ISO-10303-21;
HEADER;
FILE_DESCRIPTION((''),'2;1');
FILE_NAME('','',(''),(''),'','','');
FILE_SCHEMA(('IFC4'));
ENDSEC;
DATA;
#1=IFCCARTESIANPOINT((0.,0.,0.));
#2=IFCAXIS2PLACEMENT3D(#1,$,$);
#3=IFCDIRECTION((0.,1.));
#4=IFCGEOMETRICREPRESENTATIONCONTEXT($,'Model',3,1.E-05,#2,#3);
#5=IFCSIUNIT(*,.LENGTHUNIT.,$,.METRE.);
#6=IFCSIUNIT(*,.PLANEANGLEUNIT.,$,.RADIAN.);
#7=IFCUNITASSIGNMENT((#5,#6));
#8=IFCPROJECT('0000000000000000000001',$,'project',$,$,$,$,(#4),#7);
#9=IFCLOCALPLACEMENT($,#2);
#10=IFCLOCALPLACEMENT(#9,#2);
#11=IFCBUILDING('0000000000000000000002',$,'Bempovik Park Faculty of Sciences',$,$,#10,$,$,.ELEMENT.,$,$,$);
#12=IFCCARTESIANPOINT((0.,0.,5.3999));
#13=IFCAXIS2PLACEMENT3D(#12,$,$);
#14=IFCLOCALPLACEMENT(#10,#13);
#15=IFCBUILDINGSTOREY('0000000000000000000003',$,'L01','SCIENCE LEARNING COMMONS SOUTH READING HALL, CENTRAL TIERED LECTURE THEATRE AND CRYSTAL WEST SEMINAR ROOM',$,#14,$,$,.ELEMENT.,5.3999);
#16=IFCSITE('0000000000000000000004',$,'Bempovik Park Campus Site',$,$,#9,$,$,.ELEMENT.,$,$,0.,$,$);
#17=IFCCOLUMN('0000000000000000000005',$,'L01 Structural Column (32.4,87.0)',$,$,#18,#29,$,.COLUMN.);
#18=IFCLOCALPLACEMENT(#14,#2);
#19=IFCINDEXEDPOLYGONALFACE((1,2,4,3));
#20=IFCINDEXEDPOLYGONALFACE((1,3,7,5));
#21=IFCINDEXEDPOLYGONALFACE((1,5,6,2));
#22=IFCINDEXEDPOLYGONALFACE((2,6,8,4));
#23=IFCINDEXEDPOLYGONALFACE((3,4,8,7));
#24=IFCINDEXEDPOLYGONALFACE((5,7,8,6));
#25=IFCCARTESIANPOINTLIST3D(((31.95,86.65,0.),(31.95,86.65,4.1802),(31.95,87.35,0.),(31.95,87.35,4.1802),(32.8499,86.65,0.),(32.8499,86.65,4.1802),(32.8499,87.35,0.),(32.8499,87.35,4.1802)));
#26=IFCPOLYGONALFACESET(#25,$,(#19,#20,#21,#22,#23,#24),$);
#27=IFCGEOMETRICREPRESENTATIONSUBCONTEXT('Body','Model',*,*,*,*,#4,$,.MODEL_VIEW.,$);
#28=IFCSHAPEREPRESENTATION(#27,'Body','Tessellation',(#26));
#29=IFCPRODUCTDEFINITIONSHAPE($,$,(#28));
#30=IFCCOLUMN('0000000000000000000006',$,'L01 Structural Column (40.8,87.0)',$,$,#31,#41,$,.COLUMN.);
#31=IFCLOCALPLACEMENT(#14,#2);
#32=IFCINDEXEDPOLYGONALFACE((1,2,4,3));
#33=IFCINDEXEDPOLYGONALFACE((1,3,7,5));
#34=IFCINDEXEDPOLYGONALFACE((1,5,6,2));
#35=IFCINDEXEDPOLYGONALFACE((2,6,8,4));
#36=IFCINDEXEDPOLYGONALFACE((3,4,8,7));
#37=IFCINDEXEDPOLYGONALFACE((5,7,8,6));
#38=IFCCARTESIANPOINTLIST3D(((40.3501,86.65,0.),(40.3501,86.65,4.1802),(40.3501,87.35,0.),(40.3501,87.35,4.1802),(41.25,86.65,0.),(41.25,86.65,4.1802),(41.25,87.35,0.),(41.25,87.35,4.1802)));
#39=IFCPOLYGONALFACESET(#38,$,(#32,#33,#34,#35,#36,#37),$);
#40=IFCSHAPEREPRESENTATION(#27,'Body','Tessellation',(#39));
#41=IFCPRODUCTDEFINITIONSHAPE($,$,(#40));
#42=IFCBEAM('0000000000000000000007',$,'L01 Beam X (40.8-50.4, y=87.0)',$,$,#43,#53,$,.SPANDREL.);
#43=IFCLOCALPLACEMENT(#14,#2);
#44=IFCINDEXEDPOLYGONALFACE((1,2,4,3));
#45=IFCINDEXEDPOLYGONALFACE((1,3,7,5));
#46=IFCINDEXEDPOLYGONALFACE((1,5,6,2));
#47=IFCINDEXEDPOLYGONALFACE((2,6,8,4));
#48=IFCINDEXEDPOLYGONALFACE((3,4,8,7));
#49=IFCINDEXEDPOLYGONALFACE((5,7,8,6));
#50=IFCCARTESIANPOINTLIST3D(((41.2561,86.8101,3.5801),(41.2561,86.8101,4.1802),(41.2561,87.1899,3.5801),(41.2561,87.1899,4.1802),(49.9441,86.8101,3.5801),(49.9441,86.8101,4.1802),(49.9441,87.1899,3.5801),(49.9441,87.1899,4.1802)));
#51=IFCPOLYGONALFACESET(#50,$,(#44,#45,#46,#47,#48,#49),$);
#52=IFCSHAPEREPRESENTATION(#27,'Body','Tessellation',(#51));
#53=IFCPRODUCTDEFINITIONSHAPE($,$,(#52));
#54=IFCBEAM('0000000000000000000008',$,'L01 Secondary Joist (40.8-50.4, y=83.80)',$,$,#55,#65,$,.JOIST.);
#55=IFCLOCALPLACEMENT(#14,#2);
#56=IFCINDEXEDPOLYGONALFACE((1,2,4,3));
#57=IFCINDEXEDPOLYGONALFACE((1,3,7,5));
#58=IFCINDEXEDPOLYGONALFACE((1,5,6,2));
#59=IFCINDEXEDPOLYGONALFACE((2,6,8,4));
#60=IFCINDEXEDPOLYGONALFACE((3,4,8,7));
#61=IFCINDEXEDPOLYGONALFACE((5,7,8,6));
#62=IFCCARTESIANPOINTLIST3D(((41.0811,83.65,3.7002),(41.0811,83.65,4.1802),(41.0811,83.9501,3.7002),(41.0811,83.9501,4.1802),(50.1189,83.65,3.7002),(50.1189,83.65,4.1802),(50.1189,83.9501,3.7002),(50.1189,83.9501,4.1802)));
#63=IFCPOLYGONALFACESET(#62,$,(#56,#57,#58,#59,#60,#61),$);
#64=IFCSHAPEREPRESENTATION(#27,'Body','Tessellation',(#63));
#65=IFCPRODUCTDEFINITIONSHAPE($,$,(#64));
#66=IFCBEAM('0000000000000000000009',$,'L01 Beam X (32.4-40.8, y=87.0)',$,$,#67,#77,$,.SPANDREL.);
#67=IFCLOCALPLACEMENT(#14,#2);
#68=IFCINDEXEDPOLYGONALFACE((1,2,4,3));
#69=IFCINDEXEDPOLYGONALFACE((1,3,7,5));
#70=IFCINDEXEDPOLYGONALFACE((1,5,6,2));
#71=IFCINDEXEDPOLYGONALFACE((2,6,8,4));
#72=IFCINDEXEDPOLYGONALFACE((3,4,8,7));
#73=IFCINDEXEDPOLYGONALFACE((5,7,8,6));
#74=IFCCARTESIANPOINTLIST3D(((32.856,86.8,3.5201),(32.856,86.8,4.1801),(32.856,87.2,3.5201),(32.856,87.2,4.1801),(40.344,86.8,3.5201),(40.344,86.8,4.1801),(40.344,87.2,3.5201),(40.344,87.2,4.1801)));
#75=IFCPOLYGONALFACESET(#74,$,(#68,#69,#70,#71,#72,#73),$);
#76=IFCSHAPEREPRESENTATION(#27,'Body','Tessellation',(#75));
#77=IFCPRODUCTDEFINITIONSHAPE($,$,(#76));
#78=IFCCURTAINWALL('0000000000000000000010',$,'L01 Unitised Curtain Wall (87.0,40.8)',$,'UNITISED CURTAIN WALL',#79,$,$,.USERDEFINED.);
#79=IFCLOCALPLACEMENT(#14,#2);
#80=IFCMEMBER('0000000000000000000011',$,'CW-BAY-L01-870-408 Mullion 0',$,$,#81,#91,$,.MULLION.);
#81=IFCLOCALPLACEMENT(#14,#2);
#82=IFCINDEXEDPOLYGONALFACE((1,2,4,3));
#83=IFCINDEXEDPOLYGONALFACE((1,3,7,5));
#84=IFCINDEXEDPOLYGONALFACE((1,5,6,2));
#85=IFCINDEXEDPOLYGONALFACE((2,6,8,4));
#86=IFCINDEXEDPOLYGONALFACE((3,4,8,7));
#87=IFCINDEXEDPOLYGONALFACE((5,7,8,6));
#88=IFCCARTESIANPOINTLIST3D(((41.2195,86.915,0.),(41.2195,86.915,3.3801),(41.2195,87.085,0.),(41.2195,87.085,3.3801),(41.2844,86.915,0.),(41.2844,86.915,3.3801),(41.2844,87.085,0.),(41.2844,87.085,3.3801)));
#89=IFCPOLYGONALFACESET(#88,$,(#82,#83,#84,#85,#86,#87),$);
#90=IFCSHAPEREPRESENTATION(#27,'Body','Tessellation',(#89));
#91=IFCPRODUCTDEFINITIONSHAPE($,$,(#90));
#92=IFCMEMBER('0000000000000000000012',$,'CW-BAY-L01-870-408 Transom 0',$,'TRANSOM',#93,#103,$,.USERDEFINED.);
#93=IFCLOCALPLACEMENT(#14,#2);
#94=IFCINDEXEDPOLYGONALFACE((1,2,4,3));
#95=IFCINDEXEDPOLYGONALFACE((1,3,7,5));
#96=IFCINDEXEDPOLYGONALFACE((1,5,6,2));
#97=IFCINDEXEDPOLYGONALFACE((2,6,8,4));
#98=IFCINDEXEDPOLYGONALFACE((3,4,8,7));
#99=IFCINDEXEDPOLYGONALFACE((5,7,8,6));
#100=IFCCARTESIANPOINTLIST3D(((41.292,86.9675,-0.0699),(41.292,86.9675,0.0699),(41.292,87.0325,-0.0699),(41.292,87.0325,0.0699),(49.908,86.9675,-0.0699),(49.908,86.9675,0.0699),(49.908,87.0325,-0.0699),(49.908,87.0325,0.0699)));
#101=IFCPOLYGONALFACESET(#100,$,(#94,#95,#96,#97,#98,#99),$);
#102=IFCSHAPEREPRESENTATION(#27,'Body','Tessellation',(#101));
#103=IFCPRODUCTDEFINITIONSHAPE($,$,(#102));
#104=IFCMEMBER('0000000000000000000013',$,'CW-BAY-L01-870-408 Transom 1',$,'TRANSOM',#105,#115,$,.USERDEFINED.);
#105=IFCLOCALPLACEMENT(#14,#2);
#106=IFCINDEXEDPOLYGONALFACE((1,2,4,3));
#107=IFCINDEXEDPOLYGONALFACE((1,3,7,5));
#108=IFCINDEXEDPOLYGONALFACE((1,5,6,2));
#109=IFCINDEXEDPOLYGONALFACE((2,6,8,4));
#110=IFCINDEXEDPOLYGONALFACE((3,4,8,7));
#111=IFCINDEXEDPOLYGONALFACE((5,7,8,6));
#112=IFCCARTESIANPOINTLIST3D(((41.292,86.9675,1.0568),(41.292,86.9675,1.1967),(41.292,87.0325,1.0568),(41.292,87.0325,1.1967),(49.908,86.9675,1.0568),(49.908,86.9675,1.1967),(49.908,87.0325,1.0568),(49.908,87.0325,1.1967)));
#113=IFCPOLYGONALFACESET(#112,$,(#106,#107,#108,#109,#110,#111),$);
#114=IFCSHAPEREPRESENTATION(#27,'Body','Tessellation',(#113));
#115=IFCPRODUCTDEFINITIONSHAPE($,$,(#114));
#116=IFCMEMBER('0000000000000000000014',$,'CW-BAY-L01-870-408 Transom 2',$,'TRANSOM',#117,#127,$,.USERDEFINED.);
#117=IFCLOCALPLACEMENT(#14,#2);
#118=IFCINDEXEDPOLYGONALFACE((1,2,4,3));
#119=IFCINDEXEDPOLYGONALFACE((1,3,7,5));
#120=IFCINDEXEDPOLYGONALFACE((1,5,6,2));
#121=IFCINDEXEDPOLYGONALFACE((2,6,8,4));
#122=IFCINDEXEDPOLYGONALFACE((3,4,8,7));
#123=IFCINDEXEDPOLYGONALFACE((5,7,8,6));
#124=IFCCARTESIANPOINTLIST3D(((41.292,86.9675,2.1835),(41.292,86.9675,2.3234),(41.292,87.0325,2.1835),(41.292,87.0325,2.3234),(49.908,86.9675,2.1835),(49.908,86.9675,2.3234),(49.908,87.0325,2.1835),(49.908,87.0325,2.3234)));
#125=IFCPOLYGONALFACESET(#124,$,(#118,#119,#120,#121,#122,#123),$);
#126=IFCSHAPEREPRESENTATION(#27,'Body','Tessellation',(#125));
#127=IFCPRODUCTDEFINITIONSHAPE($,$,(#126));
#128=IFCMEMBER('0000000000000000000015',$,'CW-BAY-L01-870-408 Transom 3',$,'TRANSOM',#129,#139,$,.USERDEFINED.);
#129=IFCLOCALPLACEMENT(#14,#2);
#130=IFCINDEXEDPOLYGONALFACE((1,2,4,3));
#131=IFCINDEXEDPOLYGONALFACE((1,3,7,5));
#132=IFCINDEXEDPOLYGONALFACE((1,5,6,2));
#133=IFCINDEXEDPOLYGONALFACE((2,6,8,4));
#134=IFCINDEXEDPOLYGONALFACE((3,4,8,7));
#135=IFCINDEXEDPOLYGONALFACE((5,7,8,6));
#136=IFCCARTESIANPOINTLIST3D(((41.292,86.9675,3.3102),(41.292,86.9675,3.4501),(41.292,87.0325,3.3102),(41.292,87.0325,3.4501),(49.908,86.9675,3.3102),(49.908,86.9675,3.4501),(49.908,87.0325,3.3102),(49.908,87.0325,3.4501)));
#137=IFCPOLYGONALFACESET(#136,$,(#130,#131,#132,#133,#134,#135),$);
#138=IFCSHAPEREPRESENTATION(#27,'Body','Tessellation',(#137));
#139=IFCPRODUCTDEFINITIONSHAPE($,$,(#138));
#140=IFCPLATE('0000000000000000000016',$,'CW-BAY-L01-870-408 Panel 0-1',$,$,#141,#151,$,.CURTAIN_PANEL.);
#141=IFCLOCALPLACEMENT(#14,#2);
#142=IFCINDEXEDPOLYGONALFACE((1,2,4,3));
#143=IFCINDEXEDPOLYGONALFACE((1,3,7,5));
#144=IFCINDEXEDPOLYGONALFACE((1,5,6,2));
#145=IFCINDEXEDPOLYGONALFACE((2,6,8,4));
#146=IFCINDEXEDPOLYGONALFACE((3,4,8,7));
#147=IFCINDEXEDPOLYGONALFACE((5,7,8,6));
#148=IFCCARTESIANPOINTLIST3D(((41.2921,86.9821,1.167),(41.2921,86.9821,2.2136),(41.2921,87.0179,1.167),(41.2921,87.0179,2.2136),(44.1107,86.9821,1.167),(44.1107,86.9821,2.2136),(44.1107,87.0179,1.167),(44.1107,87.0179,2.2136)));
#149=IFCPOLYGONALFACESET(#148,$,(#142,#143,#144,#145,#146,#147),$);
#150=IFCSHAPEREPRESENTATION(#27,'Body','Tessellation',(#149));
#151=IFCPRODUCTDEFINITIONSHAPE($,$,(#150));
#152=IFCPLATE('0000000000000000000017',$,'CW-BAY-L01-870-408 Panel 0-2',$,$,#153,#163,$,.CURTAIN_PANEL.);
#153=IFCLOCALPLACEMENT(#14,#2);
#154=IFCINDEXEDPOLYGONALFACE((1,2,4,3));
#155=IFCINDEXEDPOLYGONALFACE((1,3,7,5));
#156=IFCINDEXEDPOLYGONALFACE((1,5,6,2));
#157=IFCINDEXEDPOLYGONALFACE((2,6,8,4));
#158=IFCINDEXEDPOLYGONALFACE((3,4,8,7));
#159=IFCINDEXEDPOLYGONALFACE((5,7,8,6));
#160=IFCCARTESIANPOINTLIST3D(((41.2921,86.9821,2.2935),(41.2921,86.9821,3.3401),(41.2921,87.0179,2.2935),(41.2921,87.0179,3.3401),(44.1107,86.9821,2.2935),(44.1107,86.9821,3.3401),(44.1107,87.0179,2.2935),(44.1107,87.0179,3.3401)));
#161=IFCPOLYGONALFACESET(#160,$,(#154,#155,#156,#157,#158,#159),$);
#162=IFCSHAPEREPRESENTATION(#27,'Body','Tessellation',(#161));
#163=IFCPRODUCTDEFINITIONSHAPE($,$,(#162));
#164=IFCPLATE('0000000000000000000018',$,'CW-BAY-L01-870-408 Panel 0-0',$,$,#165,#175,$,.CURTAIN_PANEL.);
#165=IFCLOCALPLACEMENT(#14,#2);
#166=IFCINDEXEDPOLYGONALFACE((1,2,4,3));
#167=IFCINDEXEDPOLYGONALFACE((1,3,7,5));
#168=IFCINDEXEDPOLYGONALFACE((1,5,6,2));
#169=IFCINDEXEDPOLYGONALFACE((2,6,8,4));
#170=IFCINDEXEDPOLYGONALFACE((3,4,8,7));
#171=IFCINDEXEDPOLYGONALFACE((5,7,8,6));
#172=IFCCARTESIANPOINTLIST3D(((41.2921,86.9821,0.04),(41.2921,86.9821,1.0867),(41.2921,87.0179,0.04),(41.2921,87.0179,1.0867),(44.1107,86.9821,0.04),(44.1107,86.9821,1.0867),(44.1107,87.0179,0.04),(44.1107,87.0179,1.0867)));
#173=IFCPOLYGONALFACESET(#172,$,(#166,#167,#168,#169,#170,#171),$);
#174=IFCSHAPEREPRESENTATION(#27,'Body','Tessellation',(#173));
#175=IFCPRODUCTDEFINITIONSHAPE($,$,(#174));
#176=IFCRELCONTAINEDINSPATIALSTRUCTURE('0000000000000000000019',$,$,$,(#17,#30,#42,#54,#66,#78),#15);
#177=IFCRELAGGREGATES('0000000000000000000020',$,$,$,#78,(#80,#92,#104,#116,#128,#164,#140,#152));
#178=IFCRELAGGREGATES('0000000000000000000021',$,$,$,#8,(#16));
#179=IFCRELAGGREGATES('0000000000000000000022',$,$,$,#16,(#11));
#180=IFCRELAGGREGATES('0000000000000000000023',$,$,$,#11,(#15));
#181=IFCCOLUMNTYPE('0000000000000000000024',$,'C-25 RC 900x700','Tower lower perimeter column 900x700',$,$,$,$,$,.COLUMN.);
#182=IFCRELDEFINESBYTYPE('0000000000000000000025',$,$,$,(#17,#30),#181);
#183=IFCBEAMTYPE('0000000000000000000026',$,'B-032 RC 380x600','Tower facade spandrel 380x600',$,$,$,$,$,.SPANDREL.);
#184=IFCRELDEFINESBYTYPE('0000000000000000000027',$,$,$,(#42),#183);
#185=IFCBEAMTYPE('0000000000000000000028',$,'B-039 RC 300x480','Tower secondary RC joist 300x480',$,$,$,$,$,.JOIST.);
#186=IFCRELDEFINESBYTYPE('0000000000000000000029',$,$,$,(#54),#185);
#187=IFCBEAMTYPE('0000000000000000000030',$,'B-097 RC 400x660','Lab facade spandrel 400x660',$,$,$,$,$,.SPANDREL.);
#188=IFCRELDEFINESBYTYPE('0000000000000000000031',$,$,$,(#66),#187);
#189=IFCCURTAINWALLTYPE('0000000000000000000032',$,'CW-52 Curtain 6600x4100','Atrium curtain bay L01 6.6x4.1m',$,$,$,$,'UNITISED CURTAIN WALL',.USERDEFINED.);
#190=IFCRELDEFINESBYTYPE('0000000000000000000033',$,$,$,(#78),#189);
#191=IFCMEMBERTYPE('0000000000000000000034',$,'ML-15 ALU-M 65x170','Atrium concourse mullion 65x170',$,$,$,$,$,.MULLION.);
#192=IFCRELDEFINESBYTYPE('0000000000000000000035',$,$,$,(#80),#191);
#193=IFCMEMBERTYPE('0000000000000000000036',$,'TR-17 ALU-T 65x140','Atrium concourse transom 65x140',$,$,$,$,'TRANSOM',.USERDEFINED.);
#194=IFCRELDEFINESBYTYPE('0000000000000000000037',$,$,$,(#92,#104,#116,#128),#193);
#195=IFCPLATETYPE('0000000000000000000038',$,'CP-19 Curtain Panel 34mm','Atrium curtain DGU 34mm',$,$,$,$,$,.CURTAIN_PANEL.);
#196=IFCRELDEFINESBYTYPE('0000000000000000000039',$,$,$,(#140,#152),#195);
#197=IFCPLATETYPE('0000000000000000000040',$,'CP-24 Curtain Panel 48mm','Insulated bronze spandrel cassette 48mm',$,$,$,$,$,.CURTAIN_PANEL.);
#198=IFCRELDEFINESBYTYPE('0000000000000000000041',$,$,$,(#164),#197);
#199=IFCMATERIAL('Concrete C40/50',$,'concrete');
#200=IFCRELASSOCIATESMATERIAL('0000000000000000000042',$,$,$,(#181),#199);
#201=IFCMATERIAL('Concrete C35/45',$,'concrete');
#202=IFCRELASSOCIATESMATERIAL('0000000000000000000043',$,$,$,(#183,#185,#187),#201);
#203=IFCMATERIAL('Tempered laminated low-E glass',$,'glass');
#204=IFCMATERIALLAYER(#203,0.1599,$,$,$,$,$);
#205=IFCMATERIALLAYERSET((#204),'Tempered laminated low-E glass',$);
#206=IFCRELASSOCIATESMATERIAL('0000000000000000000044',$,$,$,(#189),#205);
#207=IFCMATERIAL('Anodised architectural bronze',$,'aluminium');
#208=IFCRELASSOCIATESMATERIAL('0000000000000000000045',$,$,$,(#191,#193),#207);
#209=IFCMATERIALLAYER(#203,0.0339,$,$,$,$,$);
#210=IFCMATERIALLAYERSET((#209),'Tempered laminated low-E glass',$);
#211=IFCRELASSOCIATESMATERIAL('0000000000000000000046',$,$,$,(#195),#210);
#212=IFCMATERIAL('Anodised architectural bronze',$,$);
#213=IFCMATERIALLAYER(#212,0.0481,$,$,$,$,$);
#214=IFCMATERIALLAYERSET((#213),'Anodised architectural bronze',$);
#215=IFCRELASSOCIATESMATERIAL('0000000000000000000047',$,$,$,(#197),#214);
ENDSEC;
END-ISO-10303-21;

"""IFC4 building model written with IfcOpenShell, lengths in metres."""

from ifc_helpers import new_model, si_unit, direction, frame, origin, origin_2d, place, context, subcontext, project, spatial, rectangle, extrude, material, layer, layer_set, material_profile, profile_set, type_object, element, aggregate, save


model = new_model("IFC4")

# Units and contexts
model_context = context("Model", 3, precision=1e-05, world=origin(), true_north=direction((0.0, 1.0)))
body_context = subcontext(model_context, "Body", "Model", "MODEL_VIEW")
ifc_project = project(units=[si_unit("LENGTHUNIT", "METRE"), si_unit("PLANEANGLEUNIT", "RADIAN")], contexts=[model_context])

# Site, building, storey
site_placement = place(None, origin())
site = spatial("IfcSite", under=ifc_project, at=site_placement, Name="Bempovik Park Campus Site", CompositionType="ELEMENT", RefElevation=0.0)
building_placement = place(site_placement, origin())
building = spatial("IfcBuilding", under=site, at=building_placement, Name="Bempovik Park Faculty of Sciences", CompositionType="ELEMENT")
storey_placement = place(building_placement, frame((0.0, 0.0, 5.3999)))
storey = spatial("IfcBuildingStorey", under=building, at=storey_placement, Name="L01", Description="SCIENCE LEARNING COMMONS SOUTH READING HALL, CENTRAL TIERED LECTURE THEATRE AND CRYSTAL WEST SEMINAR ROOM", CompositionType="ELEMENT", Elevation=5.3999)

# Columns
ifc_material_1 = material(Name="Concrete C40/50", Category="concrete")
ifc_material_profile_1 = material_profile(ifc_material_1, rectangle(XDim=0.8999, YDim=0.7, at=origin_2d()), Name="RC 900x700")
ifc_profile_set_1 = profile_set([ifc_material_profile_1], Name="Concrete C40/50")
column_type = type_object("IfcColumnType", Name="C-25 RC 900x700", Description="Tower lower perimeter column 900x700", PredefinedType="COLUMN", material=ifc_profile_set_1)
for number, where, z_axis, x_axis, name in (
    (1, (32.3999, 87.0, 0.0), (0.0, 0.0, 1.0), (1.0, 0.0, 0.0), "L01 Structural Column (32.4,87.0)"),
    (2, (40.8, 87.0, 0.0), (0.0, 0.0, 1.0), (1.0, 0.0, 0.0), "L01 Structural Column (40.8,87.0)"),
):
    element("IfcColumn", number, at=place(storey_placement, frame(where, z_axis=z_axis, x_axis=x_axis)), inside=storey, type_object=column_type, Name=name, PredefinedType="COLUMN", context=body_context, shape_type="SweptSolid", body=[
        extrude(rectangle(XDim=0.8999, YDim=0.7, at=origin_2d()), origin(), (0.0, 0.0, 1.0), 4.1802),
    ])

# Beams
ifc_material_2 = material(Name="Concrete C35/45", Category="concrete")
ifc_material_profile_2 = material_profile(ifc_material_2, rectangle(XDim=0.3799, YDim=0.6001, at=origin_2d()), Name="RC 380x600")
ifc_profile_set_2 = profile_set([ifc_material_profile_2], Name="Concrete C35/45")
beam_type_1 = type_object("IfcBeamType", Name="B-032 RC 380x600", Description="Tower facade spandrel 380x600", PredefinedType="SPANDREL", material=ifc_profile_set_2)
beam_1_placement = place(storey_placement, frame((41.2561, 87.0, 3.8801), z_axis=(1.0, 0.0, 0.0), x_axis=(0.0, 1.0, 0.0)))
element("IfcBeam", 3, at=beam_1_placement, inside=storey, type_object=beam_type_1, Name="L01 Beam X (40.8-50.4, y=87.0)", PredefinedType="SPANDREL", context=body_context, shape_type="SweptSolid", body=[
    extrude(rectangle(XDim=0.3799, YDim=0.6001, at=origin_2d()), origin(), (0.0, 0.0, 1.0), 8.688),
])
ifc_material_profile_3 = material_profile(ifc_material_2, rectangle(XDim=0.3, YDim=0.48, at=origin_2d()), Name="RC 300x480")
ifc_profile_set_3 = profile_set([ifc_material_profile_3], Name="Concrete C35/45")
beam_type_2 = type_object("IfcBeamType", Name="B-039 RC 300x480", Description="Tower secondary RC joist 300x480", PredefinedType="JOIST", material=ifc_profile_set_3)
beam_2_placement = place(storey_placement, frame((41.0811, 83.8, 3.9402), z_axis=(1.0, 0.0, 0.0), x_axis=(0.0, 1.0, 0.0)))
element("IfcBeam", 4, at=beam_2_placement, inside=storey, type_object=beam_type_2, Name="L01 Secondary Joist (40.8-50.4, y=83.80)", PredefinedType="JOIST", context=body_context, shape_type="SweptSolid", body=[
    extrude(rectangle(XDim=0.3, YDim=0.48, at=origin_2d()), origin(), (0.0, 0.0, 1.0), 9.0378),
])
ifc_material_profile_4 = material_profile(ifc_material_2, rectangle(XDim=0.3999, YDim=0.6599, at=origin_2d()), Name="RC 400x660")
ifc_profile_set_4 = profile_set([ifc_material_profile_4], Name="Concrete C35/45")
beam_type_3 = type_object("IfcBeamType", Name="B-097 RC 400x660", Description="Lab facade spandrel 400x660", PredefinedType="SPANDREL", material=ifc_profile_set_4)
beam_3_placement = place(storey_placement, frame((32.856, 87.0, 3.8501), z_axis=(1.0, 0.0, 0.0), x_axis=(0.0, 1.0, 0.0)))
element("IfcBeam", 5, at=beam_3_placement, inside=storey, type_object=beam_type_3, Name="L01 Beam X (32.4-40.8, y=87.0)", PredefinedType="SPANDREL", context=body_context, shape_type="SweptSolid", body=[
    extrude(rectangle(XDim=0.3999, YDim=0.6599, at=origin_2d()), origin(), (0.0, 0.0, 1.0), 7.488),
])

# Curtain wall, members, plates
ifc_material_3 = material(Name="Tempered laminated low-E glass", Category="glass")
ifc_layer_1 = layer(ifc_material_3, 0.1599)
ifc_layer_set_1 = layer_set([ifc_layer_1], Name="Tempered laminated low-E glass")
curtain_wall_type = type_object("IfcCurtainWallType", Name="CW-52 Curtain 6600x4100", Description="Atrium curtain bay L01 6.6x4.1m", ElementType="UNITISED CURTAIN WALL", PredefinedType="USERDEFINED", material=ifc_layer_set_1)
curtain_wall_placement = place(storey_placement, origin())
curtain_wall = element("IfcCurtainWall", 6, at=curtain_wall_placement, inside=storey, type_object=curtain_wall_type, Name="L01 Unitised Curtain Wall (87.0,40.8)", ObjectType="UNITISED CURTAIN WALL", PredefinedType="USERDEFINED")
ifc_material_4 = material(Name="Anodised architectural bronze", Category="aluminium")
ifc_material_profile_5 = material_profile(ifc_material_4, rectangle(XDim=0.0649, YDim=0.1699, at=origin_2d()), Name="ALU-M 65x170")
ifc_profile_set_5 = profile_set([ifc_material_profile_5], Name="Anodised architectural bronze")
member_type_1 = type_object("IfcMemberType", Name="ML-15 ALU-M 65x170", Description="Atrium concourse mullion 65x170", PredefinedType="MULLION", material=ifc_profile_set_5)
member_1_placement = place(storey_placement, frame((41.252, 87.0, 0.0), z_axis=(0.0, 0.0, 1.0), x_axis=(1.0, 0.0, 0.0)))
member_1 = element("IfcMember", 7, at=member_1_placement, type_object=member_type_1, Name="CW-BAY-L01-870-408 Mullion 0", PredefinedType="MULLION", context=body_context, shape_type="SweptSolid", body=[
    extrude(rectangle(XDim=0.0649, YDim=0.1699, at=origin_2d()), origin(), (0.0, 0.0, 1.0), 3.3801),
])
ifc_material_profile_6 = material_profile(ifc_material_4, rectangle(XDim=0.0649, YDim=0.1399, at=origin_2d()), Name="ALU-T 65x140")
ifc_profile_set_6 = profile_set([ifc_material_profile_6], Name="Anodised architectural bronze")
member_type_2 = type_object("IfcMemberType", Name="TR-17 ALU-T 65x140", Description="Atrium concourse transom 65x140", ElementType="TRANSOM", PredefinedType="USERDEFINED", material=ifc_profile_set_6)
member_2_placement = place(storey_placement, frame((41.292, 87.0, 0.0), z_axis=(1.0, 0.0, 0.0), x_axis=(0.0, 1.0, 0.0)))
member_2 = element("IfcMember", 8, at=member_2_placement, type_object=member_type_2, Name="CW-BAY-L01-870-408 Transom 0", ObjectType="TRANSOM", PredefinedType="USERDEFINED", context=body_context, shape_type="SweptSolid", body=[
    extrude(rectangle(XDim=0.0649, YDim=0.1399, at=origin_2d()), origin(), (0.0, 0.0, 1.0), 8.616),
])
member_3_placement = place(storey_placement, frame((41.292, 87.0, 1.1267), z_axis=(1.0, 0.0, 0.0), x_axis=(0.0, 1.0, 0.0)))
member_3 = element("IfcMember", 9, at=member_3_placement, type_object=member_type_2, Name="CW-BAY-L01-870-408 Transom 1", ObjectType="TRANSOM", PredefinedType="USERDEFINED", context=body_context, shape_type="SweptSolid", body=[
    extrude(rectangle(XDim=0.0649, YDim=0.1399, at=origin_2d()), origin(), (0.0, 0.0, 1.0), 8.616),
])
member_4_placement = place(storey_placement, frame((41.292, 87.0, 2.2534), z_axis=(1.0, 0.0, 0.0), x_axis=(0.0, 1.0, 0.0)))
member_4 = element("IfcMember", 10, at=member_4_placement, type_object=member_type_2, Name="CW-BAY-L01-870-408 Transom 2", ObjectType="TRANSOM", PredefinedType="USERDEFINED", context=body_context, shape_type="SweptSolid", body=[
    extrude(rectangle(XDim=0.0649, YDim=0.1399, at=origin_2d()), origin(), (0.0, 0.0, 1.0), 8.616),
])
member_5_placement = place(storey_placement, frame((41.292, 87.0, 3.3801), z_axis=(1.0, 0.0, 0.0), x_axis=(0.0, 1.0, 0.0)))
member_5 = element("IfcMember", 11, at=member_5_placement, type_object=member_type_2, Name="CW-BAY-L01-870-408 Transom 3", ObjectType="TRANSOM", PredefinedType="USERDEFINED", context=body_context, shape_type="SweptSolid", body=[
    extrude(rectangle(XDim=0.0649, YDim=0.1399, at=origin_2d()), origin(), (0.0, 0.0, 1.0), 8.616),
])
ifc_layer_2 = layer(ifc_material_3, 0.0339)
ifc_layer_set_2 = layer_set([ifc_layer_2], Name="Tempered laminated low-E glass")
plate_type_1 = type_object("IfcPlateType", Name="CP-19 Curtain Panel 34mm", Description="Atrium curtain DGU 34mm", PredefinedType="CURTAIN_PANEL", material=ifc_layer_set_2)
plate_1_placement = place(storey_placement, frame((42.7014, 87.0, 1.167), z_axis=(0.0, 0.0, 1.0), x_axis=(1.0, 0.0, 0.0)))
plate_1 = element("IfcPlate", 12, at=plate_1_placement, type_object=plate_type_1, Name="CW-BAY-L01-870-408 Panel 0-1", PredefinedType="CURTAIN_PANEL", context=body_context, shape_type="SweptSolid", body=[
    extrude(rectangle(XDim=2.8186, YDim=0.0359, at=origin_2d()), origin(), (0.0, 0.0, 1.0), 1.0466),
])
plate_2_placement = place(storey_placement, frame((42.7014, 87.0, 2.2935), z_axis=(0.0, 0.0, 1.0), x_axis=(1.0, 0.0, 0.0)))
plate_2 = element("IfcPlate", 13, at=plate_2_placement, type_object=plate_type_1, Name="CW-BAY-L01-870-408 Panel 0-2", PredefinedType="CURTAIN_PANEL", context=body_context, shape_type="SweptSolid", body=[
    extrude(rectangle(XDim=2.8186, YDim=0.0359, at=origin_2d()), origin(), (0.0, 0.0, 1.0), 1.0466),
])
ifc_material_5 = material(Name="Anodised architectural bronze")
ifc_layer_3 = layer(ifc_material_5, 0.0481)
ifc_layer_set_3 = layer_set([ifc_layer_3], Name="Anodised architectural bronze")
plate_type_2 = type_object("IfcPlateType", Name="CP-24 Curtain Panel 48mm", Description="Insulated bronze spandrel cassette 48mm", PredefinedType="CURTAIN_PANEL", material=ifc_layer_set_3)
plate_3_placement = place(storey_placement, frame((42.7014, 87.0, 0.04), z_axis=(0.0, 0.0, 1.0), x_axis=(1.0, 0.0, 0.0)))
plate_3 = element("IfcPlate", 14, at=plate_3_placement, type_object=plate_type_2, Name="CW-BAY-L01-870-408 Panel 0-0", PredefinedType="CURTAIN_PANEL", context=body_context, shape_type="SweptSolid", body=[
    extrude(rectangle(XDim=2.8186, YDim=0.0359, at=origin_2d()), origin(), (0.0, 0.0, 1.0), 1.0466),
])
aggregate(curtain_wall, [member_1, member_2, member_3, member_4, member_5, plate_3, plate_1, plate_2])

save(model, "model.ifc")
